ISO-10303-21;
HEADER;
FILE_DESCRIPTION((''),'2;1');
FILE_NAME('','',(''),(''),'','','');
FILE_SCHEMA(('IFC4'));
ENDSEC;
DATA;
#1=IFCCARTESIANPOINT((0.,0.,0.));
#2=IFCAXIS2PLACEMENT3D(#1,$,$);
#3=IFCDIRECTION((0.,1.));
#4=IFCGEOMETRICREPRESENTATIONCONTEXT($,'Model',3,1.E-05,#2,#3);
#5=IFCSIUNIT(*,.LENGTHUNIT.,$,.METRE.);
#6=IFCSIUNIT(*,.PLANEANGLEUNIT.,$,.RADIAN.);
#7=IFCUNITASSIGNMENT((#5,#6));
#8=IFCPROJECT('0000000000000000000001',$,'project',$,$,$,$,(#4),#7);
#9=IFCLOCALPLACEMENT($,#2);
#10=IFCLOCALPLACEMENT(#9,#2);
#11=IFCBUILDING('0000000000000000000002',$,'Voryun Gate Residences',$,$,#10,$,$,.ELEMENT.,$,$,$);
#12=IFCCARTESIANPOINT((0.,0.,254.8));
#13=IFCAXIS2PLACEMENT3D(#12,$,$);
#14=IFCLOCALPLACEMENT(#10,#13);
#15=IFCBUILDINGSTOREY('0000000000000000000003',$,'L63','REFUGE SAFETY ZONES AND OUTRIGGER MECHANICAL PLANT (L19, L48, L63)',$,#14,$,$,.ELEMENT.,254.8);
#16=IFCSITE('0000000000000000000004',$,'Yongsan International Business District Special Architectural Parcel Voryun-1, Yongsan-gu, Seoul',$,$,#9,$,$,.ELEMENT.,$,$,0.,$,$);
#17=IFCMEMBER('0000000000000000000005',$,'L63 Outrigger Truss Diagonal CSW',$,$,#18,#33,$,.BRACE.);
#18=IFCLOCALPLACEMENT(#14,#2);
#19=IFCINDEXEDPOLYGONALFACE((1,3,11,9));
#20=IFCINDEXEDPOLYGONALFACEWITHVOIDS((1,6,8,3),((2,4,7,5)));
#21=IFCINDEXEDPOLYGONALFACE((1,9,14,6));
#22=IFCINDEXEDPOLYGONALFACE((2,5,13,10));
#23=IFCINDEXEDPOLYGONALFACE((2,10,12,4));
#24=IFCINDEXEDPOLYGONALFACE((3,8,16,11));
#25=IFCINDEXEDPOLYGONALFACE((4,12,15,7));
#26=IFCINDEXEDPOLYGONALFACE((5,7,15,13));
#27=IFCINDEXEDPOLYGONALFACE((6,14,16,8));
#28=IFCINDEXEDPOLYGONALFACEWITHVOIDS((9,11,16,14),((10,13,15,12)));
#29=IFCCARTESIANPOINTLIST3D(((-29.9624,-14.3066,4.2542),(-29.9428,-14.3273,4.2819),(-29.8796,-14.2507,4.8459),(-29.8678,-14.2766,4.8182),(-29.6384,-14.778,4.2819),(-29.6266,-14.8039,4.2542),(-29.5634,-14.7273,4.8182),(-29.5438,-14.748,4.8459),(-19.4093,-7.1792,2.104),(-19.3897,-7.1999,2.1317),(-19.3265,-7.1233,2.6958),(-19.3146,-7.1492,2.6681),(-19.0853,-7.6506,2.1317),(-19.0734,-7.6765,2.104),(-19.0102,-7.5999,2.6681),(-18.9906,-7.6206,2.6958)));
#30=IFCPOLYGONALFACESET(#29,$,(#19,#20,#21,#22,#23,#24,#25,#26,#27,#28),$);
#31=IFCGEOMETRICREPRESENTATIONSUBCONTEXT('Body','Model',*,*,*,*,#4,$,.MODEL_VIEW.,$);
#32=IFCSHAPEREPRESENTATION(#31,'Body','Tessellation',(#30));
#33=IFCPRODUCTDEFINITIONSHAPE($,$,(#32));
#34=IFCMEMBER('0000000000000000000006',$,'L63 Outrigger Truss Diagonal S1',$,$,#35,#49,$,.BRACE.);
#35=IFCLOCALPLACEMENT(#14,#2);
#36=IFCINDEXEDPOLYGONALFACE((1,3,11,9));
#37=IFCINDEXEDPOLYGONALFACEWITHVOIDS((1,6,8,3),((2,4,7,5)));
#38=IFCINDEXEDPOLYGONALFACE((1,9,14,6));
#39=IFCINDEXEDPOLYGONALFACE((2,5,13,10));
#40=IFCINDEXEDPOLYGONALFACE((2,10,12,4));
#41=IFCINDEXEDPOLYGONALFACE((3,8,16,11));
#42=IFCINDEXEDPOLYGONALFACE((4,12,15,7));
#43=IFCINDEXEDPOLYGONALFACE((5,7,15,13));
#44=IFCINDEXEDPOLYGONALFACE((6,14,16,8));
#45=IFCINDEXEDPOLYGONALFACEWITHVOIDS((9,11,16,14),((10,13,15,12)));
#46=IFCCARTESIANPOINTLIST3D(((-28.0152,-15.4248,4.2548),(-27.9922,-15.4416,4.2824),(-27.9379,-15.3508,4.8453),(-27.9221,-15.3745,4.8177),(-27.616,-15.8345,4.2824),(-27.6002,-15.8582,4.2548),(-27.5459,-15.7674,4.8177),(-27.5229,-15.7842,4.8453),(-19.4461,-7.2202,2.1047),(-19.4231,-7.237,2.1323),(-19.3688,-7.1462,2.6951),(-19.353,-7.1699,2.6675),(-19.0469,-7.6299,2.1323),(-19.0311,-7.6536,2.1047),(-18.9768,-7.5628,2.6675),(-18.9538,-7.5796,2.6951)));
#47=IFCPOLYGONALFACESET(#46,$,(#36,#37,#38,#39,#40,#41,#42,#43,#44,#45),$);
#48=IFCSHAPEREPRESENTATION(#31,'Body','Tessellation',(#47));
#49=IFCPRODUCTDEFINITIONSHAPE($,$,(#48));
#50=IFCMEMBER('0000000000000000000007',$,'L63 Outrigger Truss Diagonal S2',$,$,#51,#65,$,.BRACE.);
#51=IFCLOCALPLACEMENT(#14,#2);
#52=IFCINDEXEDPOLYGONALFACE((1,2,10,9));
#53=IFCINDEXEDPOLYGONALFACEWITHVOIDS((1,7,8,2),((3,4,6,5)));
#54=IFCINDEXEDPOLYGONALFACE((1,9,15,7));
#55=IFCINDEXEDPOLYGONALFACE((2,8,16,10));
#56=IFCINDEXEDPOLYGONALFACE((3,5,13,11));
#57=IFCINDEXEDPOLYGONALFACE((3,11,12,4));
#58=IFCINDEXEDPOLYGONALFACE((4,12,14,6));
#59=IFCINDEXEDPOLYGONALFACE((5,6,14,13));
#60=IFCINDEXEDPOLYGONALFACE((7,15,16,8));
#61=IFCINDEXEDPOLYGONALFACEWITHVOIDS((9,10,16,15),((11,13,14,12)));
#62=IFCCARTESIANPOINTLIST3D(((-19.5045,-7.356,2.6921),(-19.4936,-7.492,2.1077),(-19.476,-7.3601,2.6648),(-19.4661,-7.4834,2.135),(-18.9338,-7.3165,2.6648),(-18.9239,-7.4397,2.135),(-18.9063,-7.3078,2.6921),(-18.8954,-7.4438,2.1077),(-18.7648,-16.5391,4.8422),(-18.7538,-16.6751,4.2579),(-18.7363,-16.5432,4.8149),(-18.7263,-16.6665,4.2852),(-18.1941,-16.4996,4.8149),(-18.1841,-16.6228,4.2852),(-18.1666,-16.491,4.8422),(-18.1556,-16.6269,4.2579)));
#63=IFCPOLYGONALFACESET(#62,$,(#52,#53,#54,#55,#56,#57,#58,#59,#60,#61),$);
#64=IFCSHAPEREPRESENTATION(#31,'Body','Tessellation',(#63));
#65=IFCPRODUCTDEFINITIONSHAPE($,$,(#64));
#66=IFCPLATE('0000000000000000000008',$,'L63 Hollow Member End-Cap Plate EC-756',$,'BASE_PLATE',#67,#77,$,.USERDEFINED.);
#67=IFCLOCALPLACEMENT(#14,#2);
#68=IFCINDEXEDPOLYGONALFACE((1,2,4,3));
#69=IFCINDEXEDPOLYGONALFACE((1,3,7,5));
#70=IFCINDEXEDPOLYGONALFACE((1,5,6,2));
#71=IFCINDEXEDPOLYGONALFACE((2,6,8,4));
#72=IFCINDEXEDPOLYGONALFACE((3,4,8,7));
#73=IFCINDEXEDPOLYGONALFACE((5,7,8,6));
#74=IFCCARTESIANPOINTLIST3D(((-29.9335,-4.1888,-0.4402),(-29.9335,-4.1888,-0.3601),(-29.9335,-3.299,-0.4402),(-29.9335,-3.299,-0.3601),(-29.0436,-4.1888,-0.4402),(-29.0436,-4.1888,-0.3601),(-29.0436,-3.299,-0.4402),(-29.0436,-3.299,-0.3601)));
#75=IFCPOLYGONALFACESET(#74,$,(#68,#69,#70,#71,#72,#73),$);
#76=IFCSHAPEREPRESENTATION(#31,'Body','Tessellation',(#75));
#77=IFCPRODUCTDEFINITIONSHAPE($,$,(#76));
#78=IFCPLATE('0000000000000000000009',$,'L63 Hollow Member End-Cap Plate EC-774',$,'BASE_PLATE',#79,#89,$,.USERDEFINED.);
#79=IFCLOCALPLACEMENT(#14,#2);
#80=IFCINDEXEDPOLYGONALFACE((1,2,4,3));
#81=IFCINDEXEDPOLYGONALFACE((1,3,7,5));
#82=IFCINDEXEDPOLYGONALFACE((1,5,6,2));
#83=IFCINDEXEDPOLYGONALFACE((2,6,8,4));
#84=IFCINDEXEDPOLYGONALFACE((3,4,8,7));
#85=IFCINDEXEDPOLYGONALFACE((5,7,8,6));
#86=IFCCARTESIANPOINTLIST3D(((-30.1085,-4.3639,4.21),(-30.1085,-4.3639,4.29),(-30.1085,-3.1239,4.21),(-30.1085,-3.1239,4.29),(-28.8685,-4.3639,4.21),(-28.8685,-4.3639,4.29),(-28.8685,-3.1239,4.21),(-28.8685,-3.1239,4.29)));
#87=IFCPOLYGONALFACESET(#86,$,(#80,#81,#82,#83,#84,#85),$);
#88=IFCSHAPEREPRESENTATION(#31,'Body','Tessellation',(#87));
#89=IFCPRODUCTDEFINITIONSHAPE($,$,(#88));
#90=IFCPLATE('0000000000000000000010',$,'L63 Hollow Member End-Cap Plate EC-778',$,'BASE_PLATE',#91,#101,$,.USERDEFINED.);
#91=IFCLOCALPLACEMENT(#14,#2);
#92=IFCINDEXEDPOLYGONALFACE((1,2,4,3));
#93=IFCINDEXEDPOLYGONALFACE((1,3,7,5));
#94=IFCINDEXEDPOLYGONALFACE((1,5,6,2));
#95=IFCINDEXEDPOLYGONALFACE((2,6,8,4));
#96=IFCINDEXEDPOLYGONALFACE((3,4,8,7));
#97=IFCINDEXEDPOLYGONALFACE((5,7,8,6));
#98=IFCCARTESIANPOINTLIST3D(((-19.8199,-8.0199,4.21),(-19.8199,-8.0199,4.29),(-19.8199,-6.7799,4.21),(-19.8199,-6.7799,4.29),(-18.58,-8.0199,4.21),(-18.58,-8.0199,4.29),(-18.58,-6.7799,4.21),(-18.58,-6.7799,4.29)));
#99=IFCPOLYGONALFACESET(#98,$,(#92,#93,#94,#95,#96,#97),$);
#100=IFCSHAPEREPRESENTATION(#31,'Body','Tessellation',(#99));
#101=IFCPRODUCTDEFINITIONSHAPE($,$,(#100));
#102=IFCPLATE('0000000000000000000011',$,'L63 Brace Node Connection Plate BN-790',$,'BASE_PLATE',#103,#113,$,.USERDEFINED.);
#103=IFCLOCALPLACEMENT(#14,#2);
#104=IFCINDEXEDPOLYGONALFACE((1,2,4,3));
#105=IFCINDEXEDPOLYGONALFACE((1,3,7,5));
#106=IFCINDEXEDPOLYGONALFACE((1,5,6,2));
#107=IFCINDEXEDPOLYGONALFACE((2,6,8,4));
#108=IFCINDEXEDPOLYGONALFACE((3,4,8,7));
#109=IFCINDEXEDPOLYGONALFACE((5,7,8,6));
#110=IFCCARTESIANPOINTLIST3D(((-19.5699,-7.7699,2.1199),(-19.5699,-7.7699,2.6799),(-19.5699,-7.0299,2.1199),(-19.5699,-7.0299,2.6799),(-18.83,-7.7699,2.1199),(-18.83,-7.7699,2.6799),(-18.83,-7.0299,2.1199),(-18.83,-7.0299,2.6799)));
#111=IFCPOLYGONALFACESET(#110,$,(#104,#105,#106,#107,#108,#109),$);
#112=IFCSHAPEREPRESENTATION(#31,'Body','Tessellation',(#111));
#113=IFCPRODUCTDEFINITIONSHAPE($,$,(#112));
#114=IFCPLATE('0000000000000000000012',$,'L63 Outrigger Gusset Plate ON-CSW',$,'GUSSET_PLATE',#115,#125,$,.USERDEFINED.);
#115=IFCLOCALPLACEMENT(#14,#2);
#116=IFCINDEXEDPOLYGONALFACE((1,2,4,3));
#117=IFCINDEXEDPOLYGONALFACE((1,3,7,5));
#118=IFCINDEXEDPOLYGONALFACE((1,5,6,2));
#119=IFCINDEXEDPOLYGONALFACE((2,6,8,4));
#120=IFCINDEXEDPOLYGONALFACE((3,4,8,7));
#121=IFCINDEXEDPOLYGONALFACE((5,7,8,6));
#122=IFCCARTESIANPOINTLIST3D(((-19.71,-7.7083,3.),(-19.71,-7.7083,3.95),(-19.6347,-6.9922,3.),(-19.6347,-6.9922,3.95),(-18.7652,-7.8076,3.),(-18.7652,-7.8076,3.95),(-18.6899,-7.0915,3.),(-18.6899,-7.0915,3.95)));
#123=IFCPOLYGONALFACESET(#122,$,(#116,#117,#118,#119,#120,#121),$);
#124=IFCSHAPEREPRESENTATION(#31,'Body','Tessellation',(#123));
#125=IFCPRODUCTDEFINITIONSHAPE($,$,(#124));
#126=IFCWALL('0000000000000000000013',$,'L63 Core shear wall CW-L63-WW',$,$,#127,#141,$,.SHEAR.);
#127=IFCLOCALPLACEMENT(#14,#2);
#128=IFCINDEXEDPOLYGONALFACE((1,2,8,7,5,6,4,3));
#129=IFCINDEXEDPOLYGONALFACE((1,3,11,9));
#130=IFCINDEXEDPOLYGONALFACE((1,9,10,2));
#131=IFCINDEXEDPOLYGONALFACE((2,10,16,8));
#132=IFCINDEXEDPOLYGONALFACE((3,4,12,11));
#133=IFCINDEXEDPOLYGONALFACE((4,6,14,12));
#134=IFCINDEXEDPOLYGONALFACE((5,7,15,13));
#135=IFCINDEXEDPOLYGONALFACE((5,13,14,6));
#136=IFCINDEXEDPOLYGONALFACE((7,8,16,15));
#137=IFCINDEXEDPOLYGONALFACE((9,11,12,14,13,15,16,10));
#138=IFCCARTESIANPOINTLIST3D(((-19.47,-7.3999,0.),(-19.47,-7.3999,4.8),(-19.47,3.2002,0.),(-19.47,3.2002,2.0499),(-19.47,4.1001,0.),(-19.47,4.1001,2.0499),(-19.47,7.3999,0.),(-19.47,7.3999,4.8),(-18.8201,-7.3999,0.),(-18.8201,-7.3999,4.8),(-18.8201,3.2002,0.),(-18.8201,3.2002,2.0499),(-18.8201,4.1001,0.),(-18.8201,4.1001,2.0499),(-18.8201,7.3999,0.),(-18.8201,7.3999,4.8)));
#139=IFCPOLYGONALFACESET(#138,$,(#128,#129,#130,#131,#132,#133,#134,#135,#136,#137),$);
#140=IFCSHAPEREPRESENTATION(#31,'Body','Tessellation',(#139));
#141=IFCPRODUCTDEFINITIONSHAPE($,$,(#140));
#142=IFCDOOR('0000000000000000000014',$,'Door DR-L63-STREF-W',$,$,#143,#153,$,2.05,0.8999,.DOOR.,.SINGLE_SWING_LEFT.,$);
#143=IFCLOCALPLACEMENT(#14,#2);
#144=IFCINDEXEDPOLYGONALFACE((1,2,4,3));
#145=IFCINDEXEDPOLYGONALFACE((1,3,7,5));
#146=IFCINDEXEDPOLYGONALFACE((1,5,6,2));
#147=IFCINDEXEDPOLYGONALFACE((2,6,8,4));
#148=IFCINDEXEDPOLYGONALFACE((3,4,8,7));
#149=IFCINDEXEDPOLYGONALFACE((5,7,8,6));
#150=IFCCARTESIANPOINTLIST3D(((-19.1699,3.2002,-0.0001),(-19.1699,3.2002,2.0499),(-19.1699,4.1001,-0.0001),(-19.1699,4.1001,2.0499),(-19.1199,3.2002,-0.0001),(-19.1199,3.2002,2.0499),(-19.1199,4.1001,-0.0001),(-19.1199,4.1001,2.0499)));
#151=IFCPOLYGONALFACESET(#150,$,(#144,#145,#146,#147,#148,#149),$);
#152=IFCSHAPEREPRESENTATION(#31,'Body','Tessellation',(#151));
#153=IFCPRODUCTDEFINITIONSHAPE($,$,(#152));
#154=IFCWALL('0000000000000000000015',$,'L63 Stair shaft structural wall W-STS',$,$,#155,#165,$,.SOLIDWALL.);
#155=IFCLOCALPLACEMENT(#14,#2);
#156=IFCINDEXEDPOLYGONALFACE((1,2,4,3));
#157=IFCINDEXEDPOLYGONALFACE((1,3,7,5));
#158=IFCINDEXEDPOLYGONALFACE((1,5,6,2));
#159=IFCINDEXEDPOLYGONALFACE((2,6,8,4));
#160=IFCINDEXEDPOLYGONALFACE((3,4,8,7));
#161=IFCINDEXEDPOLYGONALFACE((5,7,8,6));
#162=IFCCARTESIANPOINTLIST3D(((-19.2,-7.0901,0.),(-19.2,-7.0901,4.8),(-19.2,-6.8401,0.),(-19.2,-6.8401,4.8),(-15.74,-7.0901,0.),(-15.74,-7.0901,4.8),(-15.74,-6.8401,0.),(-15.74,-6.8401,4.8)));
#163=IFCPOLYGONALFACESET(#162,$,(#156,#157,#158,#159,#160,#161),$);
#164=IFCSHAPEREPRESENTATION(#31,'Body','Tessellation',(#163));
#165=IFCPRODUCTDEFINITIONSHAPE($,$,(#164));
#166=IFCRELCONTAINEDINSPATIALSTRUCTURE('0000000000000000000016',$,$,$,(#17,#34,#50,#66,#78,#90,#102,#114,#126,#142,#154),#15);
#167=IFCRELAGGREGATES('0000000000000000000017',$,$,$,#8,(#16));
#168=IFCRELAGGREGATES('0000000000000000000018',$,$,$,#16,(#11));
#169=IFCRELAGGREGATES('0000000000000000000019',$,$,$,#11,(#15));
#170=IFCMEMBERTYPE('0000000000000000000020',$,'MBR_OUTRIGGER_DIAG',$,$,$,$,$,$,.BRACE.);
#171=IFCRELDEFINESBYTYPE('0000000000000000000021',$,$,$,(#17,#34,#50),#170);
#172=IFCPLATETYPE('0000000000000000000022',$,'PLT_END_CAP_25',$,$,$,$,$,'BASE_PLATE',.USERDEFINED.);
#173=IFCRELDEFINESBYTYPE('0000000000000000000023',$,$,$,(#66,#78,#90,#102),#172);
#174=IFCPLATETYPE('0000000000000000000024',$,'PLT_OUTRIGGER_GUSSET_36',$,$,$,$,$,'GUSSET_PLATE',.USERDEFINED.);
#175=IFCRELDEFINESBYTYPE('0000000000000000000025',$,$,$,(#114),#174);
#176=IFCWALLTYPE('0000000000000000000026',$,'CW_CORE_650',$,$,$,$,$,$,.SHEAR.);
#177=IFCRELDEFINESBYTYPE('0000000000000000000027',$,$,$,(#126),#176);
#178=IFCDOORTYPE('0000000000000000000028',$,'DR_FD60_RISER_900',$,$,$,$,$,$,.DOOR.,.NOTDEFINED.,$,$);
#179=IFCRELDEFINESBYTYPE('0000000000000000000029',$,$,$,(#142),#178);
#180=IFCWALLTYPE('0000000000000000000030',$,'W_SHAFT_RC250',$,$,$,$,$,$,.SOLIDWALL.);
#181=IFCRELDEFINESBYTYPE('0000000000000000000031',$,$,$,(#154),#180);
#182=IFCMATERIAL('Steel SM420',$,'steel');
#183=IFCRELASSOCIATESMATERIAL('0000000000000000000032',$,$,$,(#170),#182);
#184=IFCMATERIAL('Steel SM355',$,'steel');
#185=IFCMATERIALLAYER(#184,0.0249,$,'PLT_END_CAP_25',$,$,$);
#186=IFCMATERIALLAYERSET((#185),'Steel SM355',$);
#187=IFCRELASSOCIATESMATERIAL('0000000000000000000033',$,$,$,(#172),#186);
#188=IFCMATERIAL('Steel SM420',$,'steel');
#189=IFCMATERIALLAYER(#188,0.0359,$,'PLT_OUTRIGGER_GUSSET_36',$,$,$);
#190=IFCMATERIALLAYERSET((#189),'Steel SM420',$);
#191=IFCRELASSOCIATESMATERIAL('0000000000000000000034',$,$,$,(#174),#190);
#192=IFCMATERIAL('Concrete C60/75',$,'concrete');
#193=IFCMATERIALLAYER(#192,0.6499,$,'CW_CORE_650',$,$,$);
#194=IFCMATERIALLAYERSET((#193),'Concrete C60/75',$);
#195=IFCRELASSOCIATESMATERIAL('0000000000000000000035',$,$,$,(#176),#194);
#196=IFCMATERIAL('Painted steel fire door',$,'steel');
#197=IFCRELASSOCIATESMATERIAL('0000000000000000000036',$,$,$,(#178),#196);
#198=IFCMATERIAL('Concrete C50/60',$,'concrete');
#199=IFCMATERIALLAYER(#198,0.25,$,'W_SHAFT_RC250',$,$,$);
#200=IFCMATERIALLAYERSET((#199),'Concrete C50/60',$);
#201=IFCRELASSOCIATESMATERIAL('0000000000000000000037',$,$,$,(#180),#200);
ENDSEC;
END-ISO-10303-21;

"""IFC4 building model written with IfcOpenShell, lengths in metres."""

from ifc_helpers import new_model, si_unit, direction, frame, frame_2d, origin, origin_2d, place, context, subcontext, project, spatial, rectangle, hollow_rectangle, extrude, material, layer, layer_set, material_profile, profile_set, type_object, element, fill, save


model = new_model("IFC4")

# Units and contexts
model_context = context("Model", 3, precision=1e-05, world=origin(), true_north=direction((0.0, 1.0)))
body_context = subcontext(model_context, "Body", "Model", "MODEL_VIEW")
ifc_project = project(units=[si_unit("LENGTHUNIT", "METRE"), si_unit("PLANEANGLEUNIT", "RADIAN")], contexts=[model_context])

# Site, building, storey
site_placement = place(None, origin())
site = spatial("IfcSite", under=ifc_project, at=site_placement, Name="Yongsan International Business District Special Architectural Parcel Voryun-1, Yongsan-gu, Seoul", CompositionType="ELEMENT", RefElevation=0.0)
building_placement = place(site_placement, origin())
building = spatial("IfcBuilding", under=site, at=building_placement, Name="Voryun Gate Residences", CompositionType="ELEMENT")
storey_placement = place(building_placement, frame((0.0, 0.0, 254.8)))
storey = spatial("IfcBuildingStorey", under=building, at=storey_placement, Name="L63", Description="REFUGE SAFETY ZONES AND OUTRIGGER MECHANICAL PLANT (L19, L48, L63)", CompositionType="ELEMENT", Elevation=254.8)

# Members
ifc_material_1 = material(Name="Steel SM420", Category="steel")
ifc_material_profile_1 = material_profile(ifc_material_1, hollow_rectangle(XDim=0.6001, YDim=0.6001, WallThickness=0.0281, at=origin_2d()), Name="BOX-600x600x28")
ifc_profile_set_1 = profile_set([ifc_material_profile_1], Name="Steel SM420")
member_type = type_object("IfcMemberType", Name="MBR_OUTRIGGER_DIAG", PredefinedType="BRACE", material=ifc_profile_set_1)
member_1_placement = place(storey_placement, frame((-19.2, -7.3999, 2.3999), z_axis=(-0.817137, -0.551878, 0.166486), x_axis=(0.559689, -0.828702, 0.0)))
element("IfcMember", 1, at=member_1_placement, inside=storey, type_object=member_type, Name="L63 Outrigger Truss Diagonal CSW", PredefinedType="BRACE", context=body_context, shape_type="SweptSolid", body=[
    extrude(hollow_rectangle(XDim=0.6001, YDim=0.6001, WallThickness=0.0281, at=origin_2d()), origin(), (0.0, 0.0, 1.0), 12.9148),
])
member_2_placement = place(storey_placement, frame((-19.2, -7.3999, 2.3999), z_axis=(-0.710724, -0.680492, 0.178334), x_axis=(0.691578, -0.722302, 0.0)))
element("IfcMember", 2, at=member_2_placement, inside=storey, type_object=member_type, Name="L63 Outrigger Truss Diagonal S1", PredefinedType="BRACE", context=body_context, shape_type="SweptSolid", body=[
    extrude(hollow_rectangle(XDim=0.6001, YDim=0.6001, WallThickness=0.0281, at=origin_2d()), origin(), (0.0, 0.0, 1.0), 12.0569),
])
member_3_placement = place(storey_placement, frame((-19.2, -7.3999, 2.3999), z_axis=(0.078194, -0.970686, 0.227278), x_axis=(0.996771, 0.080295, 0.0)))
element("IfcMember", 3, at=member_3_placement, inside=storey, type_object=member_type, Name="L63 Outrigger Truss Diagonal S2", PredefinedType="BRACE", context=body_context, shape_type="SweptSolid", body=[
    extrude(hollow_rectangle(XDim=0.6001, YDim=0.6001, WallThickness=0.0281, at=origin_2d()), origin(), (0.0, 0.0, 1.0), 9.4604),
])

# Plates
ifc_material_2 = material(Name="Steel SM355", Category="steel")
ifc_layer_1 = layer(ifc_material_2, 0.0249, Name="PLT_END_CAP_25")
ifc_layer_set_1 = layer_set([ifc_layer_1], Name="Steel SM355")
plate_type_1 = type_object("IfcPlateType", Name="PLT_END_CAP_25", ElementType="BASE_PLATE", PredefinedType="USERDEFINED", material=ifc_layer_set_1)
plate_1_placement = place(storey_placement, frame((-29.4885, -3.7439, -0.4402), z_axis=(0.0, 0.0, 1.0), x_axis=(1.0, 0.0, 0.0)))
element("IfcPlate", 4, at=plate_1_placement, inside=storey, type_object=plate_type_1, Name="L63 Hollow Member End-Cap Plate EC-756", ObjectType="BASE_PLATE", PredefinedType="USERDEFINED", context=body_context, shape_type="SweptSolid", body=[
    extrude(rectangle(XDim=0.8899, YDim=0.8899, at=origin_2d()), origin(), (0.0, 0.0, 1.0), 0.0801),
])
for number, where, z_axis, x_axis, name in (
    (5, (-29.4885, -3.7439, 4.21), (0.0, 0.0, 1.0), (1.0, 0.0, 0.0), "L63 Hollow Member End-Cap Plate EC-774"),
    (6, (-19.2, -7.3999, 4.21), (0.0, 0.0, 1.0), (1.0, 0.0, 0.0), "L63 Hollow Member End-Cap Plate EC-778"),
):
    element("IfcPlate", number, at=place(storey_placement, frame(where, z_axis=z_axis, x_axis=x_axis)), inside=storey, type_object=plate_type_1, Name=name, ObjectType="BASE_PLATE", PredefinedType="USERDEFINED", context=body_context, shape_type="SweptSolid", body=[
        extrude(rectangle(XDim=1.24, YDim=1.24, at=origin_2d()), origin(), (0.0, 0.0, 1.0), 0.0801),
    ])
plate_2_placement = place(storey_placement, frame((-19.2, -7.3999, 2.1199), z_axis=(0.0, 0.0, 1.0), x_axis=(1.0, 0.0, 0.0)))
element("IfcPlate", 7, at=plate_2_placement, inside=storey, type_object=plate_type_1, Name="L63 Brace Node Connection Plate BN-790", ObjectType="BASE_PLATE", PredefinedType="USERDEFINED", context=body_context, shape_type="SweptSolid", body=[
    extrude(rectangle(XDim=0.74, YDim=0.74, at=origin_2d()), origin(), (0.0, 0.0, 1.0), 0.5601),
])
ifc_material_3 = material(Name="Steel SM420", Category="steel")
ifc_layer_2 = layer(ifc_material_3, 0.0359, Name="PLT_OUTRIGGER_GUSSET_36")
ifc_layer_set_2 = layer_set([ifc_layer_2], Name="Steel SM420")
plate_type_2 = type_object("IfcPlateType", Name="PLT_OUTRIGGER_GUSSET_36", ElementType="GUSSET_PLATE", PredefinedType="USERDEFINED", material=ifc_layer_set_2)
plate_3_placement = place(storey_placement, frame((-19.2, -7.3999, 3.0), z_axis=(0.0, 0.0, 1.0), x_axis=(0.994522, -0.104528, 0.0)))
element("IfcPlate", 8, at=plate_3_placement, inside=storey, type_object=plate_type_2, Name="L63 Outrigger Gusset Plate ON-CSW", ObjectType="GUSSET_PLATE", PredefinedType="USERDEFINED", context=body_context, shape_type="SweptSolid", body=[
    extrude(rectangle(XDim=0.95, YDim=0.72, at=origin_2d()), origin(), (0.0, 0.0, 1.0), 0.95),
])

# Wall, opening, door
ifc_material_4 = material(Name="Concrete C60/75", Category="concrete")
ifc_layer_3 = layer(ifc_material_4, 0.6499, Name="CW_CORE_650")
ifc_layer_set_3 = layer_set([ifc_layer_3], Name="Concrete C60/75")
wall_type_1 = type_object("IfcWallType", Name="CW_CORE_650", PredefinedType="SHEAR", material=ifc_layer_set_3)
wall_1_placement = place(storey_placement, frame((-19.145, -7.3999, 0.0), z_axis=(0.0, 0.0, 1.0), x_axis=(0.0, 1.0, 0.0)))
wall_1 = element("IfcWall", 9, at=wall_1_placement, inside=storey, type_object=wall_type_1, Name="L63 Core shear wall CW-L63-WW", PredefinedType="SHEAR", context=body_context, shape_type="SweptSolid", body=[
    extrude(rectangle(XDim=14.7998, YDim=0.6499, at=frame_2d((7.3999, 0.0))), origin(), (0.0, 0.0, 1.0), 4.8),
])
opening_placement = place(wall_1_placement, frame((10.6001, 0.0, 0.0)))
opening = element("IfcOpeningElement", 10, at=opening_placement, cuts=wall_1, PredefinedType="OPENING", context=body_context, shape_type="SweptSolid", body=[
    extrude(rectangle(XDim=0.8999, YDim=2.05, at=frame_2d((0.45, 1.0249))), frame((0.0, 0.335, 0.0), z_axis=(0.0, -1.0, 0.0), x_axis=(1.0, 0.0, 0.0)), (0.0, 0.0, 1.0), 0.6699),
])
ifc_material_5 = material(Name="Painted steel fire door", Category="steel")
door_type = type_object("IfcDoorType", Name="DR_FD60_RISER_900", OperationType="NOTDEFINED", PredefinedType="DOOR", material=ifc_material_5)
door_placement = place(opening_placement, origin())
door = element("IfcDoor", 11, at=door_placement, inside=storey, type_object=door_type, Name="Door DR-L63-STREF-W", OperationType="SINGLE_SWING_LEFT", OverallHeight=2.05, OverallWidth=0.8999, PredefinedType="DOOR", context=body_context, shape_type="SweptSolid", body=[
    extrude(rectangle(XDim=0.8999, YDim=2.05, at=frame_2d((0.45, 1.0249))), frame((0.0, 0.0249, 0.0), z_axis=(0.0, -1.0, 0.0), x_axis=(1.0, 0.0, 0.0)), (0.0, 0.0, 1.0), 0.05),
])
fill(opening, door)

# Wall
ifc_material_6 = material(Name="Concrete C50/60", Category="concrete")
ifc_layer_4 = layer(ifc_material_6, 0.25, Name="W_SHAFT_RC250")
ifc_layer_set_4 = layer_set([ifc_layer_4], Name="Concrete C50/60")
wall_type_2 = type_object("IfcWallType", Name="W_SHAFT_RC250", PredefinedType="SOLIDWALL", material=ifc_layer_set_4)
wall_2_placement = place(storey_placement, frame((-19.2, -6.9651, 0.0), z_axis=(0.0, 0.0, 1.0), x_axis=(1.0, 0.0, 0.0)))
element("IfcWall", 12, at=wall_2_placement, inside=storey, type_object=wall_type_2, Name="L63 Stair shaft structural wall W-STS", PredefinedType="SOLIDWALL", context=body_context, shape_type="SweptSolid", body=[
    extrude(rectangle(XDim=3.46, YDim=0.25, at=frame_2d((1.73, 0.0))), origin(), (0.0, 0.0, 1.0), 4.8),
])

save(model, "model.ifc")
